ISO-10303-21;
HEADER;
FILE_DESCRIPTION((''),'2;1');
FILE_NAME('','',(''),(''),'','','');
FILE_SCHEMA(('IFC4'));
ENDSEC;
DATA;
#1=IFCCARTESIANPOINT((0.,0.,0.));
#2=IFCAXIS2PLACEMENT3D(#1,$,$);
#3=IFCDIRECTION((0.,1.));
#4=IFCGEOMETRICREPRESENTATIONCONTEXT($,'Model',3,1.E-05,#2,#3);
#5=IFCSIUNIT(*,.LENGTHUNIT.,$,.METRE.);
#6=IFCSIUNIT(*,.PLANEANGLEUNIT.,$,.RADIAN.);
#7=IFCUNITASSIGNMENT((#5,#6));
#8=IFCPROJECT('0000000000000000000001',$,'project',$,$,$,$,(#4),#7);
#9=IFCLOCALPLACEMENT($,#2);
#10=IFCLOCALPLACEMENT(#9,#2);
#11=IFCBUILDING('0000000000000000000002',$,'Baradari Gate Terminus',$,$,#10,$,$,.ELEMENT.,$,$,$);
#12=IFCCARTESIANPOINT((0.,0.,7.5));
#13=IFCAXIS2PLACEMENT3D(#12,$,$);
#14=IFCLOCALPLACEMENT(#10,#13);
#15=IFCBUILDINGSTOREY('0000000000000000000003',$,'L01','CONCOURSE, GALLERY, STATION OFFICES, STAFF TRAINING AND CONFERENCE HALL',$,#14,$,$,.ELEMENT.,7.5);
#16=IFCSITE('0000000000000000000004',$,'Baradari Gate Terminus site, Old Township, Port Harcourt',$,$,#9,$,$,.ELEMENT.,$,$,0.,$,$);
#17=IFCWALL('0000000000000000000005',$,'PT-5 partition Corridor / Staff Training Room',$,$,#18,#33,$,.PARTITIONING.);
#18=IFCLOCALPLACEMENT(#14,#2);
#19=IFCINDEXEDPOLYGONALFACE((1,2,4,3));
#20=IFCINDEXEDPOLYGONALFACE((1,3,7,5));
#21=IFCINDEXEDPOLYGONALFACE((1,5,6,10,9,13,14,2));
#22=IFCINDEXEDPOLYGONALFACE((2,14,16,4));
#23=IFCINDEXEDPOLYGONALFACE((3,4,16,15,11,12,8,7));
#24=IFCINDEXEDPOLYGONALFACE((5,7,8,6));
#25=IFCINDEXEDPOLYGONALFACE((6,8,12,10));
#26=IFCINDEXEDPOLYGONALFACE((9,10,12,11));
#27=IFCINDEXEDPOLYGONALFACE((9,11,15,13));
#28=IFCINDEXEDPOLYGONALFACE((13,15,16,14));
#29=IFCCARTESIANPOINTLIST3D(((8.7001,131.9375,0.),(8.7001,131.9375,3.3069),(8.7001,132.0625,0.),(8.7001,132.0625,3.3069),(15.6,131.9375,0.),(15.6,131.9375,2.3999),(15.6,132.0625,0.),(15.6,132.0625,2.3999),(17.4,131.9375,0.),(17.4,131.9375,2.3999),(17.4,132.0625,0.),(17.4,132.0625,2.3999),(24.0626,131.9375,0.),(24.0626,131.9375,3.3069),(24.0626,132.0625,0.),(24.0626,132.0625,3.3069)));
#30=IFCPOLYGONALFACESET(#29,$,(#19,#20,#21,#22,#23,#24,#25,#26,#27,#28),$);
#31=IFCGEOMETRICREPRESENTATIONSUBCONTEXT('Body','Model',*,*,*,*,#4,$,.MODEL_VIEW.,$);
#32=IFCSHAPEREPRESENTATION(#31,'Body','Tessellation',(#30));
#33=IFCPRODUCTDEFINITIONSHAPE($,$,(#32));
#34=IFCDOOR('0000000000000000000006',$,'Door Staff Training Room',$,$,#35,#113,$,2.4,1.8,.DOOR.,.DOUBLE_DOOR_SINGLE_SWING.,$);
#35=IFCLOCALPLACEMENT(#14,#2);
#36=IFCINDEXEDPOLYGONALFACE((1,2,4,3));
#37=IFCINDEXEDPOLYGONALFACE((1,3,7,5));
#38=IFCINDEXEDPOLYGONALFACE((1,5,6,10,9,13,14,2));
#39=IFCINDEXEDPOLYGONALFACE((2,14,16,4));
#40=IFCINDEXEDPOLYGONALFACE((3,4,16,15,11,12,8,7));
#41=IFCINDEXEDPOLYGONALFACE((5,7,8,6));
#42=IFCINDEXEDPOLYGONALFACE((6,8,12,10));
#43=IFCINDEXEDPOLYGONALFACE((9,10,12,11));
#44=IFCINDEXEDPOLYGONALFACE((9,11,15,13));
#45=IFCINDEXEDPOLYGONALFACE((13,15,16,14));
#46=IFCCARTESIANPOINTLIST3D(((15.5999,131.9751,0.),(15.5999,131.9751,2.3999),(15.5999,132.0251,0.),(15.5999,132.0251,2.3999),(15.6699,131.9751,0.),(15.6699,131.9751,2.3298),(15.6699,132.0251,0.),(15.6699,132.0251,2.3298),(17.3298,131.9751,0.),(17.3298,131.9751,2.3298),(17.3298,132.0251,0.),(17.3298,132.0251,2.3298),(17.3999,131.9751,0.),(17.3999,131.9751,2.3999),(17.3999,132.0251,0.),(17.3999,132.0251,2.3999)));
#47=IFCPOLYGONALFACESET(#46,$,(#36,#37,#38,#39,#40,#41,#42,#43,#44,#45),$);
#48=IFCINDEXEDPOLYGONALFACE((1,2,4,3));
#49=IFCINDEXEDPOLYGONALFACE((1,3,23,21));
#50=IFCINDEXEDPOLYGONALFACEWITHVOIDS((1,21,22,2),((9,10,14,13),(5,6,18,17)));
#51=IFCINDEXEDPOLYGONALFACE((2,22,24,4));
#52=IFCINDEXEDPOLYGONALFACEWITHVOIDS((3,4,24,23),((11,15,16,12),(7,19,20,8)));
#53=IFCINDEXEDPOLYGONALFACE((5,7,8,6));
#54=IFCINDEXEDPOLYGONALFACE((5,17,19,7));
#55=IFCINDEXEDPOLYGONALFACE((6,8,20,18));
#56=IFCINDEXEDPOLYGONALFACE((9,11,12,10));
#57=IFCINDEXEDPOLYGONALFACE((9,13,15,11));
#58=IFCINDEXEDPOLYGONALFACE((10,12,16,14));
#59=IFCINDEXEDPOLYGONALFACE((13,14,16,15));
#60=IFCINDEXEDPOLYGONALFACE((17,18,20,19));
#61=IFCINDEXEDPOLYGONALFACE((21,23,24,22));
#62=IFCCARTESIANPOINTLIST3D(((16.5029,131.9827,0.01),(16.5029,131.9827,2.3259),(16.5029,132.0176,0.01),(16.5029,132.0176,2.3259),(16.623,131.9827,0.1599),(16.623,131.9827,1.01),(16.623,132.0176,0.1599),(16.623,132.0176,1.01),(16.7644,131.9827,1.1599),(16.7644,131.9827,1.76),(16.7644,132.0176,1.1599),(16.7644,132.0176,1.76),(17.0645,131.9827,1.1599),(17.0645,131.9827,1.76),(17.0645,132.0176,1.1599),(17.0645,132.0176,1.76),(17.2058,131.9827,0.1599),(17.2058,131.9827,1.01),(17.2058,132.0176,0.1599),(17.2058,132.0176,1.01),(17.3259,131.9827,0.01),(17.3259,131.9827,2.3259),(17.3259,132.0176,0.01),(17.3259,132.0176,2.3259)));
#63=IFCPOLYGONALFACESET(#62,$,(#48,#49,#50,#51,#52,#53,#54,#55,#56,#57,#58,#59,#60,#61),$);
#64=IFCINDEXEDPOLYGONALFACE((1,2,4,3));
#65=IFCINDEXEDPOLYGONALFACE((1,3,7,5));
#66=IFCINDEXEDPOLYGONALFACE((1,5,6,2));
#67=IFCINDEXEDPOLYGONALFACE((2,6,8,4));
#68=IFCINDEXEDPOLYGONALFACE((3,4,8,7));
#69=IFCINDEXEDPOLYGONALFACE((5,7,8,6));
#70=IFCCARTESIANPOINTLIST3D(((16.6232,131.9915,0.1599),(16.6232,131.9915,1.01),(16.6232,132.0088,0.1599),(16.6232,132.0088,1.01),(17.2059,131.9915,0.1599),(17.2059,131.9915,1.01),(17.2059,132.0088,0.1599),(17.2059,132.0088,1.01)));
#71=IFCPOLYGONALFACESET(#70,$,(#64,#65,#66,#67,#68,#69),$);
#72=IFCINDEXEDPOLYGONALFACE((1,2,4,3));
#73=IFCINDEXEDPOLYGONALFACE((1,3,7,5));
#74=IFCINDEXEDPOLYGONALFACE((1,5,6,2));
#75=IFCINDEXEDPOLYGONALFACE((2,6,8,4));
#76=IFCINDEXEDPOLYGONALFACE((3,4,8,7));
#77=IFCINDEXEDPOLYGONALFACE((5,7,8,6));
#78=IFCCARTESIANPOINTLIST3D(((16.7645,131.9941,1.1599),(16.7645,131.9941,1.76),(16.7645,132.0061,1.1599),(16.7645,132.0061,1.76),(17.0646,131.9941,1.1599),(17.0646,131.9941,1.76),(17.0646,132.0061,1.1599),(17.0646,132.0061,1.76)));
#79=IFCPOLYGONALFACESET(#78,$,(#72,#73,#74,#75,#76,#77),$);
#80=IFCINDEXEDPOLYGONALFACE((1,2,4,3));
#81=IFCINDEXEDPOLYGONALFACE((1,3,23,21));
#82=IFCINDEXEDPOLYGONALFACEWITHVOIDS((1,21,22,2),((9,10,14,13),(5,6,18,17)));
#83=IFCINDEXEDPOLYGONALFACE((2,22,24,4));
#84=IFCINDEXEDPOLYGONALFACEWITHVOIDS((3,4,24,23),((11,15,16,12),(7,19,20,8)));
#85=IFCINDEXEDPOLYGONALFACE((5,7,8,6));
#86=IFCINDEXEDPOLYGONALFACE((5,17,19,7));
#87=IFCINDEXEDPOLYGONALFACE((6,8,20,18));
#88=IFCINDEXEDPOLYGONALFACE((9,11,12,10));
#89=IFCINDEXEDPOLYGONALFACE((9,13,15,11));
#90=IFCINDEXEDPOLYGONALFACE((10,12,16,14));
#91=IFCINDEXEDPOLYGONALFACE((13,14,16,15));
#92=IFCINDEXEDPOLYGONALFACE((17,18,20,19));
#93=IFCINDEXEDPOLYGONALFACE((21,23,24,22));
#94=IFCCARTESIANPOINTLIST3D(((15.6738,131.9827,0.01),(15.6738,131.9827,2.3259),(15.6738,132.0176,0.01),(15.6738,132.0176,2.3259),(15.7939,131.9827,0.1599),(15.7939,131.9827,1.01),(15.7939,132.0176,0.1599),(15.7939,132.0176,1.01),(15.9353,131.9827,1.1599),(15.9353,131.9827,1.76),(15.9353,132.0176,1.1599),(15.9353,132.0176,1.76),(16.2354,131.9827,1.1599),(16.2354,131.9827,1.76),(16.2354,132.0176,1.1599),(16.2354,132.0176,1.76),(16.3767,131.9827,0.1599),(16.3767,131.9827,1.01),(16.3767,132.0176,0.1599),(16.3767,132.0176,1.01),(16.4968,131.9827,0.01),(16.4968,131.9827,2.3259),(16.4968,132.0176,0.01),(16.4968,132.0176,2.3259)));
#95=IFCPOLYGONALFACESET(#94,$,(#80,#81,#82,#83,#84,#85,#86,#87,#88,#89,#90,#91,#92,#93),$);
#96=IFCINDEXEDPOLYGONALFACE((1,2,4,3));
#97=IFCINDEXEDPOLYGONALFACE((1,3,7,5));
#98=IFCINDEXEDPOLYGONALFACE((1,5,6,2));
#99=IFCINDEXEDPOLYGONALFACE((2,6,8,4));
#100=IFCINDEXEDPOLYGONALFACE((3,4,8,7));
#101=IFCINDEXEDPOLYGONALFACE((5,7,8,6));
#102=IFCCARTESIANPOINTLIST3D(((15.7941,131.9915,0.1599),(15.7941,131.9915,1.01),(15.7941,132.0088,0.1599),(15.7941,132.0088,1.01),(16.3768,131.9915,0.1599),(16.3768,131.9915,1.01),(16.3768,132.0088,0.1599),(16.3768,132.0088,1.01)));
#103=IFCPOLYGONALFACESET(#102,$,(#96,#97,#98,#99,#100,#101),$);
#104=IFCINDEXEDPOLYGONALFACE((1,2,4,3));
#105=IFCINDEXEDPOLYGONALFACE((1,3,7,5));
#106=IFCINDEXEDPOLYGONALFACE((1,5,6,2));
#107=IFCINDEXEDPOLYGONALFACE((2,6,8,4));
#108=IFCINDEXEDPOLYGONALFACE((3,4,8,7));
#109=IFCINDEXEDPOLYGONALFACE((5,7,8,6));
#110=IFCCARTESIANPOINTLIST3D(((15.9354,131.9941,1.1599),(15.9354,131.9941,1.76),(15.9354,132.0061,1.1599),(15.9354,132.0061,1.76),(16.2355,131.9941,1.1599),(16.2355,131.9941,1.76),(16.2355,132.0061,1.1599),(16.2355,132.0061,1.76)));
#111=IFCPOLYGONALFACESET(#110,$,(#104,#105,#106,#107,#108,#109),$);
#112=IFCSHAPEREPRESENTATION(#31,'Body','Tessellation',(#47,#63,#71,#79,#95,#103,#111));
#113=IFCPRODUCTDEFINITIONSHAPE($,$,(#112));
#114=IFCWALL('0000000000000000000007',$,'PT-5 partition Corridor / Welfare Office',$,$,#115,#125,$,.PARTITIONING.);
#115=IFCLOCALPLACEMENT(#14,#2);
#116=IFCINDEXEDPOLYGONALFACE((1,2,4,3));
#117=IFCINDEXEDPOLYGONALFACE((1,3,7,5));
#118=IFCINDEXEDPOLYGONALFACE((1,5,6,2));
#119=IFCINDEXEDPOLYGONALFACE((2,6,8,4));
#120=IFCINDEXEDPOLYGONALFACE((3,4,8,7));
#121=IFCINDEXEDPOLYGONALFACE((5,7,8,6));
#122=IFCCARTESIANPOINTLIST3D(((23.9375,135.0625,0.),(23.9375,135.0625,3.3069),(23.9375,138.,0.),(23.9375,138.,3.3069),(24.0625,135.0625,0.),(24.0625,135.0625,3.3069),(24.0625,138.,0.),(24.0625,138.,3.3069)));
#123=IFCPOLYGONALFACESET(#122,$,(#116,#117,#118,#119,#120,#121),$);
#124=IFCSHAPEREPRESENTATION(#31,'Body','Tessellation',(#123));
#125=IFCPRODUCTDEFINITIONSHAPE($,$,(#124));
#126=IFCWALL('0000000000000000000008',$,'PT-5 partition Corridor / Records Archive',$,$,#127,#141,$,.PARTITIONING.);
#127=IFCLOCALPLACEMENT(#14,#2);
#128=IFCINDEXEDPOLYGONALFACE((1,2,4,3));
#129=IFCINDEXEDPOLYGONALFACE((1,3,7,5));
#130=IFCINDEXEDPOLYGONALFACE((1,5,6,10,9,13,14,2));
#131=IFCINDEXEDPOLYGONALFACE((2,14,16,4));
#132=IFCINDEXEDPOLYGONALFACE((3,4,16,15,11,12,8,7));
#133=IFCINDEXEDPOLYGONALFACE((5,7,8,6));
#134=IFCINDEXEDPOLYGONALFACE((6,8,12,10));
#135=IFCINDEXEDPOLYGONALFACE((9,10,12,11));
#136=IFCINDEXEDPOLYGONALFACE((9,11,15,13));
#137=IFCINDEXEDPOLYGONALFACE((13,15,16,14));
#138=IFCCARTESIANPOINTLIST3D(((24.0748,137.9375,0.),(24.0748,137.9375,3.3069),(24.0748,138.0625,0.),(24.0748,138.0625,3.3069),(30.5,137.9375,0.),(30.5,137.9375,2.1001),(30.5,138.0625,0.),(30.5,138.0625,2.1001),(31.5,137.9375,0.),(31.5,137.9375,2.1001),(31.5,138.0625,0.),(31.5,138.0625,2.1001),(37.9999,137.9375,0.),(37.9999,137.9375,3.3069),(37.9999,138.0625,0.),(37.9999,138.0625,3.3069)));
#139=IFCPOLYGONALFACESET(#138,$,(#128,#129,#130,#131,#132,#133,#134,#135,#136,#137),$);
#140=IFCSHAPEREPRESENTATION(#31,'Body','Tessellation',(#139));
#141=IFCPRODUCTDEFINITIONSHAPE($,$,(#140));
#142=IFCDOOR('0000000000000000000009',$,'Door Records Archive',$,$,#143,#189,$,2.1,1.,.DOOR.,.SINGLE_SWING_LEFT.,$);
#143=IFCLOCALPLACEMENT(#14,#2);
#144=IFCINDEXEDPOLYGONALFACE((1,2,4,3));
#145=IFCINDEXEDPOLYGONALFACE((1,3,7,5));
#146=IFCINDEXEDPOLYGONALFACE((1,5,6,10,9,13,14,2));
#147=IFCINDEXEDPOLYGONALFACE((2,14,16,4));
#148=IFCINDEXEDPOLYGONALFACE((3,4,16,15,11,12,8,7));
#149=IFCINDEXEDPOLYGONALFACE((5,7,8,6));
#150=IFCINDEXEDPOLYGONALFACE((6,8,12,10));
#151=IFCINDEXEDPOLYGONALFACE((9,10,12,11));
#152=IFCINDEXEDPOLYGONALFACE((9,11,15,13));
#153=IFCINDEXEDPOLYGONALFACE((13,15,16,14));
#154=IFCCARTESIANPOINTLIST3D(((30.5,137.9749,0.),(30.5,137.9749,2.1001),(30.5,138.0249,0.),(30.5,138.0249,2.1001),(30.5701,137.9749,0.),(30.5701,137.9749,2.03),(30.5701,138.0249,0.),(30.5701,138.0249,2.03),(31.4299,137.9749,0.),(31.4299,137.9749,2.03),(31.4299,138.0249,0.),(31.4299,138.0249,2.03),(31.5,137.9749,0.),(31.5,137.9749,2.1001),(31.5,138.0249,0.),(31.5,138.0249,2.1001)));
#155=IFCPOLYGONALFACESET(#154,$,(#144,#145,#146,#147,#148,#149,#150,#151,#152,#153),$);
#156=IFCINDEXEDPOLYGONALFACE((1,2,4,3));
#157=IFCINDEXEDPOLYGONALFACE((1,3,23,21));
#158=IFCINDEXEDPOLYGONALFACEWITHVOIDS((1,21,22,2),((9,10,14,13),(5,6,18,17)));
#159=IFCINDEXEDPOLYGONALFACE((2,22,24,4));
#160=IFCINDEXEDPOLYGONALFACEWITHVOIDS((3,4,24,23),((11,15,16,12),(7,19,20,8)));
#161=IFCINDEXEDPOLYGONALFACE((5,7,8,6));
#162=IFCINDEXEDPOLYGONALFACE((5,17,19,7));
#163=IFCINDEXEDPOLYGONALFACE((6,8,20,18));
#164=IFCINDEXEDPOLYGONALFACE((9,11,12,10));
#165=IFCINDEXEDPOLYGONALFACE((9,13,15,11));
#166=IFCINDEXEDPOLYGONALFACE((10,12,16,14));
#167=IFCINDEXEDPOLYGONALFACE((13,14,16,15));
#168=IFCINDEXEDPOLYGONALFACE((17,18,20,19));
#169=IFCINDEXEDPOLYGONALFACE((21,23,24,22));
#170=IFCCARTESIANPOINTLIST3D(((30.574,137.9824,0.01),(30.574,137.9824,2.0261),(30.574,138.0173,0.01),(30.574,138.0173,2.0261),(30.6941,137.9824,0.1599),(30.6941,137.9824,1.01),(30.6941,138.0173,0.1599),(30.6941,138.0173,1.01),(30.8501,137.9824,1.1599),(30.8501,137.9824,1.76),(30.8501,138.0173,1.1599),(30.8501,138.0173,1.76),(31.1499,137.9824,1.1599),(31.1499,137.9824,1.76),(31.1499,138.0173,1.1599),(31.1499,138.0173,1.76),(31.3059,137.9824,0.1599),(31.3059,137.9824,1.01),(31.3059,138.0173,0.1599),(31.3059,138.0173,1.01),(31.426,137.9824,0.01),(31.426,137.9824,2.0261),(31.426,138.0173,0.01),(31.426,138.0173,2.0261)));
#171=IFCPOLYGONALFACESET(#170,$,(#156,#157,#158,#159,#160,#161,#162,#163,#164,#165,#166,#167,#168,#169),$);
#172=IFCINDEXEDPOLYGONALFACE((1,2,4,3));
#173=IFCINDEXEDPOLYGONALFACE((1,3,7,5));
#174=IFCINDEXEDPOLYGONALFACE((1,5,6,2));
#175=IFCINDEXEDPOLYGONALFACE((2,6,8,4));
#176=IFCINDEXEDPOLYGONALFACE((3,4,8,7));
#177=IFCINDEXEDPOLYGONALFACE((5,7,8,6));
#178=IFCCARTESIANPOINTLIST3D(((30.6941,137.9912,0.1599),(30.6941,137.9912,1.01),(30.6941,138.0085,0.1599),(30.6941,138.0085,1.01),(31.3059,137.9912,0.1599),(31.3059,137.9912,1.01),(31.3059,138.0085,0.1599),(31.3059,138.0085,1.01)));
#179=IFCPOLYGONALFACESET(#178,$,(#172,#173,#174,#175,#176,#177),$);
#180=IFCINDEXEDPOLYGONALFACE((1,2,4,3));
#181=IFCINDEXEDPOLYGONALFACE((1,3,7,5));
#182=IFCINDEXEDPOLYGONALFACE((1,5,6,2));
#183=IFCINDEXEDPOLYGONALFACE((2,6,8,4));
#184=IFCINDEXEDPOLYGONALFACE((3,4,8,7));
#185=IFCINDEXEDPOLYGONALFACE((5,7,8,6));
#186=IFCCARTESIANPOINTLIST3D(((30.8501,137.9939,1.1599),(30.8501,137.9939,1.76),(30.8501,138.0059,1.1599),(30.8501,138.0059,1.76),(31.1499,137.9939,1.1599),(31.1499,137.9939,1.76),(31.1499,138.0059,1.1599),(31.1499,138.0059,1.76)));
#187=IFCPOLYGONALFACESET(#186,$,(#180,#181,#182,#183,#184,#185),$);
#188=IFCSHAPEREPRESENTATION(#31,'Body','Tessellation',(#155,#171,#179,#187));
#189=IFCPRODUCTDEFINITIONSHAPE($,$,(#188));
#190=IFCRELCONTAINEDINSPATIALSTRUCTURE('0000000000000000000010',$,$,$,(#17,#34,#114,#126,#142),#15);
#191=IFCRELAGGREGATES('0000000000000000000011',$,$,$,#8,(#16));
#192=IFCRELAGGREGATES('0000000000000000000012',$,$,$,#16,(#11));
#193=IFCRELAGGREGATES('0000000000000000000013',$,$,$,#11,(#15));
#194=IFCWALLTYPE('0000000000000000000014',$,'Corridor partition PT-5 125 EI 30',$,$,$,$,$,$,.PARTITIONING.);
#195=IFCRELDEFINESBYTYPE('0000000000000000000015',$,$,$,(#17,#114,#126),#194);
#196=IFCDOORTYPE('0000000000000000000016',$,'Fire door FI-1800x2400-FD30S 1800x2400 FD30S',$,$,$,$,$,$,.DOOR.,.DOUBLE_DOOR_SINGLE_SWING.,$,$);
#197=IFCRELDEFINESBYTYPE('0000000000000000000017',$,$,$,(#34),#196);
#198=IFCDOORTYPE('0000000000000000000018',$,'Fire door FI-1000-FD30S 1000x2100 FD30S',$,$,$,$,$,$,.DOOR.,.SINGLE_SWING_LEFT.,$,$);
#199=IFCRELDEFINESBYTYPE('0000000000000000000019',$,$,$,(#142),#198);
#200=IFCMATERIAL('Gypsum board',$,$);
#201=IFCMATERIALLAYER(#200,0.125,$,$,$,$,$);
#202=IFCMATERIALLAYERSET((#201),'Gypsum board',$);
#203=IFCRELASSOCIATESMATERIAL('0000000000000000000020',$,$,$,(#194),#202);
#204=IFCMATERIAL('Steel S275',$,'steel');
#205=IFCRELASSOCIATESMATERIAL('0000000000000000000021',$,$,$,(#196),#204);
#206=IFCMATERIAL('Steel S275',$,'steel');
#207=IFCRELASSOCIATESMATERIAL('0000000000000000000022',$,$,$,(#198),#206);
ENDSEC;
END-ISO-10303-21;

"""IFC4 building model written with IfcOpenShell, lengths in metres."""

from ifc_helpers import new_model, si_unit, direction, frame, frame_2d, origin, place, context, subcontext, project, spatial, polyline, rectangle, outline, extrude, material, layer, layer_set, type_object, element, fill, save


model = new_model("IFC4")

# Units and contexts
model_context = context("Model", 3, precision=1e-05, world=origin(), true_north=direction((0.0, 1.0)))
body_context = subcontext(model_context, "Body", "Model", "MODEL_VIEW")
ifc_project = project(units=[si_unit("LENGTHUNIT", "METRE"), si_unit("PLANEANGLEUNIT", "RADIAN")], contexts=[model_context])

# Site, building, storey
site_placement = place(None, origin())
site = spatial("IfcSite", under=ifc_project, at=site_placement, Name="Baradari Gate Terminus site, Old Township, Port Harcourt", CompositionType="ELEMENT", RefElevation=0.0)
building_placement = place(site_placement, origin())
building = spatial("IfcBuilding", under=site, at=building_placement, Name="Baradari Gate Terminus", CompositionType="ELEMENT")
storey_placement = place(building_placement, frame((0.0, 0.0, 7.5)))
storey = spatial("IfcBuildingStorey", under=building, at=storey_placement, Name="L01", Description="CONCOURSE, GALLERY, STATION OFFICES, STAFF TRAINING AND CONFERENCE HALL", CompositionType="ELEMENT", Elevation=7.5)

# Wall, opening, door
ifc_material_1 = material(Name="Gypsum board")
ifc_layer_1 = layer(ifc_material_1, 0.125)
ifc_layer_set_1 = layer_set([ifc_layer_1], Name="Gypsum board")
wall_type_1 = type_object("IfcWallType", Name="Corridor partition PT-5 125 EI 30", PredefinedType="PARTITIONING", material=ifc_layer_set_1)
wall_1_placement = place(storey_placement, frame((24.0625, 132.0, 0.0), z_axis=(0.0, 0.0, 1.0), x_axis=(-1.0, 0.0, 0.0)))
wall_1 = element("IfcWall", 1, at=wall_1_placement, inside=storey, type_object=wall_type_1, Name="PT-5 partition Corridor / Staff Training Room", PredefinedType="PARTITIONING", context=body_context, shape_type="SweptSolid", body=[
    extrude(rectangle(XDim=15.3625, YDim=0.125, at=frame_2d((7.6812, 0.0))), origin(), (0.0, 0.0, 1.0), 3.3069),
])
opening_1_placement = place(wall_1_placement, frame((6.6626, 0.0, 0.0)))
opening_1 = element("IfcOpeningElement", 2, at=opening_1_placement, cuts=wall_1, PredefinedType="OPENING", context=body_context, shape_type="SweptSolid", body=[
    extrude(rectangle(XDim=1.8, YDim=2.3999, at=frame_2d((0.8999, 1.2))), frame((0.0, 0.0725, 0.0), z_axis=(0.0, -1.0, 0.0), x_axis=(1.0, 0.0, 0.0)), (0.0, 0.0, 1.0), 0.145),
])
ifc_material_2 = material(Name="Steel S275", Category="steel")
door_type_1 = type_object("IfcDoorType", Name="Fire door FI-1800x2400-FD30S 1800x2400 FD30S", OperationType="DOUBLE_DOOR_SINGLE_SWING", PredefinedType="DOOR", material=ifc_material_2)
door_1_placement = place(opening_1_placement, origin())
door_1 = element("IfcDoor", 3, at=door_1_placement, inside=storey, type_object=door_type_1, Name="Door Staff Training Room", OperationType="DOUBLE_DOOR_SINGLE_SWING", OverallHeight=2.4, OverallWidth=1.8, PredefinedType="DOOR", context=body_context, shape_type="SweptSolid", body=[
    extrude(outline(polyline([(0.0, 0.0), (0.0701, 0.0), (0.0701, 2.3298), (1.73, 2.3298), (1.73, 0.0), (1.8, 0.0), (1.8, 2.3999), (0.0, 2.3999), (0.0, 0.0)])), frame((0.0, 0.0249, 0.0), z_axis=(0.0, -1.0, 0.0), x_axis=(1.0, 0.0, 0.0)), (0.0, 0.0, 1.0), 0.05),
    extrude(outline(polyline([(0.074, 0.01), (0.897, 0.01), (0.897, 2.3259), (0.074, 2.3259), (0.074, 0.01)]), holes=[polyline([(0.1941, 0.1599), (0.7769, 0.1599), (0.7769, 1.01), (0.1941, 1.01), (0.1941, 0.1599)]), polyline([(0.3354, 1.1599), (0.6355, 1.1599), (0.6355, 1.76), (0.3354, 1.76), (0.3354, 1.1599)])]), frame((0.0, 0.0173, 0.0), z_axis=(0.0, -1.0, 0.0), x_axis=(1.0, 0.0, 0.0)), (0.0, 0.0, 1.0), 0.0349),
    extrude(rectangle(XDim=0.5828, YDim=0.8501, at=frame_2d((0.4854, 0.585))), frame((0.0, 0.0085, 0.0), z_axis=(0.0, -1.0, 0.0), x_axis=(1.0, 0.0, 0.0)), (0.0, 0.0, 1.0), 0.0173),
    extrude(rectangle(XDim=0.3, YDim=0.6001, at=frame_2d((0.4854, 1.46))), frame((0.0, 0.0059, 0.0), z_axis=(0.0, -1.0, 0.0), x_axis=(1.0, 0.0, 0.0)), (0.0, 0.0, 1.0), 0.012),
    extrude(outline(polyline([(0.9031, 0.01), (1.7261, 0.01), (1.7261, 2.3259), (0.9031, 2.3259), (0.9031, 0.01)]), holes=[polyline([(1.0232, 0.1599), (1.606, 0.1599), (1.606, 1.01), (1.0232, 1.01), (1.0232, 0.1599)]), polyline([(1.1646, 1.1599), (1.4646, 1.1599), (1.4646, 1.76), (1.1646, 1.76), (1.1646, 1.1599)])]), frame((0.0, 0.0173, 0.0), z_axis=(0.0, -1.0, 0.0), x_axis=(1.0, 0.0, 0.0)), (0.0, 0.0, 1.0), 0.0349),
    extrude(rectangle(XDim=0.5828, YDim=0.8501, at=frame_2d((1.3145, 0.585))), frame((0.0, 0.0085, 0.0), z_axis=(0.0, -1.0, 0.0), x_axis=(1.0, 0.0, 0.0)), (0.0, 0.0, 1.0), 0.0173),
    extrude(rectangle(XDim=0.3, YDim=0.6001, at=frame_2d((1.3145, 1.46))), frame((0.0, 0.0059, 0.0), z_axis=(0.0, -1.0, 0.0), x_axis=(1.0, 0.0, 0.0)), (0.0, 0.0, 1.0), 0.012),
])
fill(opening_1, door_1)

# Wall
wall_2_placement = place(storey_placement, frame((24.0, 135.0625, 0.0), z_axis=(0.0, 0.0, 1.0), x_axis=(0.0, 1.0, 0.0)))
element("IfcWall", 4, at=wall_2_placement, inside=storey, type_object=wall_type_1, Name="PT-5 partition Corridor / Welfare Office", PredefinedType="PARTITIONING", context=body_context, shape_type="SweptSolid", body=[
    extrude(rectangle(XDim=2.9375, YDim=0.125, at=frame_2d((1.4688, 0.0))), origin(), (0.0, 0.0, 1.0), 3.3069),
])

# Wall, opening, door
wall_3_placement = place(storey_placement, frame((24.075, 138.0, 0.0), z_axis=(0.0, 0.0, 1.0), x_axis=(1.0, 0.0, 0.0)))
wall_3 = element("IfcWall", 5, at=wall_3_placement, inside=storey, type_object=wall_type_1, Name="PT-5 partition Corridor / Records Archive", PredefinedType="PARTITIONING", context=body_context, shape_type="SweptSolid", body=[
    extrude(rectangle(XDim=13.925, YDim=0.125, at=frame_2d((6.9624, 0.0))), origin(), (0.0, 0.0, 1.0), 3.3069),
])
opening_2_placement = place(wall_3_placement, frame((6.425, 0.0, 0.0)))
opening_2 = element("IfcOpeningElement", 6, at=opening_2_placement, cuts=wall_3, PredefinedType="OPENING", context=body_context, shape_type="SweptSolid", body=[
    extrude(rectangle(XDim=1.0, YDim=2.1001, at=frame_2d((0.5, 1.05))), frame((0.0, 0.0725, 0.0), z_axis=(0.0, -1.0, 0.0), x_axis=(1.0, 0.0, 0.0)), (0.0, 0.0, 1.0), 0.145),
])
ifc_material_3 = material(Name="Steel S275", Category="steel")
door_type_2 = type_object("IfcDoorType", Name="Fire door FI-1000-FD30S 1000x2100 FD30S", OperationType="SINGLE_SWING_LEFT", PredefinedType="DOOR", material=ifc_material_3)
door_2_placement = place(opening_2_placement, origin())
door_2 = element("IfcDoor", 7, at=door_2_placement, inside=storey, type_object=door_type_2, Name="Door Records Archive", OperationType="SINGLE_SWING_LEFT", OverallHeight=2.1, OverallWidth=1.0, PredefinedType="DOOR", context=body_context, shape_type="SweptSolid", body=[
    extrude(outline(polyline([(0.0, 0.0), (0.0701, 0.0), (0.0701, 2.03), (0.9299, 2.03), (0.9299, 0.0), (1.0, 0.0), (1.0, 2.1001), (0.0, 2.1001), (0.0, 0.0)])), frame((0.0, 0.0249, 0.0), z_axis=(0.0, -1.0, 0.0), x_axis=(1.0, 0.0, 0.0)), (0.0, 0.0, 1.0), 0.05),
    extrude(outline(polyline([(0.074, 0.01), (0.926, 0.01), (0.926, 2.0261), (0.074, 2.0261), (0.074, 0.01)]), holes=[polyline([(0.1941, 0.1599), (0.8059, 0.1599), (0.8059, 1.01), (0.1941, 1.01), (0.1941, 0.1599)]), polyline([(0.3501, 1.1599), (0.6499, 1.1599), (0.6499, 1.76), (0.3501, 1.76), (0.3501, 1.1599)])]), frame((0.0, 0.0173, 0.0), z_axis=(0.0, -1.0, 0.0), x_axis=(1.0, 0.0, 0.0)), (0.0, 0.0, 1.0), 0.0349),
    extrude(rectangle(XDim=0.6118, YDim=0.8501, at=frame_2d((0.5, 0.585))), frame((0.0, 0.0085, 0.0), z_axis=(0.0, -1.0, 0.0), x_axis=(1.0, 0.0, 0.0)), (0.0, 0.0, 1.0), 0.0173),
    extrude(rectangle(XDim=0.2998, YDim=0.6001, at=frame_2d((0.5, 1.46))), frame((0.0, 0.0059, 0.0), z_axis=(0.0, -1.0, 0.0), x_axis=(1.0, 0.0, 0.0)), (0.0, 0.0, 1.0), 0.012),
])
fill(opening_2, door_2)

save(model, "model.ifc")
